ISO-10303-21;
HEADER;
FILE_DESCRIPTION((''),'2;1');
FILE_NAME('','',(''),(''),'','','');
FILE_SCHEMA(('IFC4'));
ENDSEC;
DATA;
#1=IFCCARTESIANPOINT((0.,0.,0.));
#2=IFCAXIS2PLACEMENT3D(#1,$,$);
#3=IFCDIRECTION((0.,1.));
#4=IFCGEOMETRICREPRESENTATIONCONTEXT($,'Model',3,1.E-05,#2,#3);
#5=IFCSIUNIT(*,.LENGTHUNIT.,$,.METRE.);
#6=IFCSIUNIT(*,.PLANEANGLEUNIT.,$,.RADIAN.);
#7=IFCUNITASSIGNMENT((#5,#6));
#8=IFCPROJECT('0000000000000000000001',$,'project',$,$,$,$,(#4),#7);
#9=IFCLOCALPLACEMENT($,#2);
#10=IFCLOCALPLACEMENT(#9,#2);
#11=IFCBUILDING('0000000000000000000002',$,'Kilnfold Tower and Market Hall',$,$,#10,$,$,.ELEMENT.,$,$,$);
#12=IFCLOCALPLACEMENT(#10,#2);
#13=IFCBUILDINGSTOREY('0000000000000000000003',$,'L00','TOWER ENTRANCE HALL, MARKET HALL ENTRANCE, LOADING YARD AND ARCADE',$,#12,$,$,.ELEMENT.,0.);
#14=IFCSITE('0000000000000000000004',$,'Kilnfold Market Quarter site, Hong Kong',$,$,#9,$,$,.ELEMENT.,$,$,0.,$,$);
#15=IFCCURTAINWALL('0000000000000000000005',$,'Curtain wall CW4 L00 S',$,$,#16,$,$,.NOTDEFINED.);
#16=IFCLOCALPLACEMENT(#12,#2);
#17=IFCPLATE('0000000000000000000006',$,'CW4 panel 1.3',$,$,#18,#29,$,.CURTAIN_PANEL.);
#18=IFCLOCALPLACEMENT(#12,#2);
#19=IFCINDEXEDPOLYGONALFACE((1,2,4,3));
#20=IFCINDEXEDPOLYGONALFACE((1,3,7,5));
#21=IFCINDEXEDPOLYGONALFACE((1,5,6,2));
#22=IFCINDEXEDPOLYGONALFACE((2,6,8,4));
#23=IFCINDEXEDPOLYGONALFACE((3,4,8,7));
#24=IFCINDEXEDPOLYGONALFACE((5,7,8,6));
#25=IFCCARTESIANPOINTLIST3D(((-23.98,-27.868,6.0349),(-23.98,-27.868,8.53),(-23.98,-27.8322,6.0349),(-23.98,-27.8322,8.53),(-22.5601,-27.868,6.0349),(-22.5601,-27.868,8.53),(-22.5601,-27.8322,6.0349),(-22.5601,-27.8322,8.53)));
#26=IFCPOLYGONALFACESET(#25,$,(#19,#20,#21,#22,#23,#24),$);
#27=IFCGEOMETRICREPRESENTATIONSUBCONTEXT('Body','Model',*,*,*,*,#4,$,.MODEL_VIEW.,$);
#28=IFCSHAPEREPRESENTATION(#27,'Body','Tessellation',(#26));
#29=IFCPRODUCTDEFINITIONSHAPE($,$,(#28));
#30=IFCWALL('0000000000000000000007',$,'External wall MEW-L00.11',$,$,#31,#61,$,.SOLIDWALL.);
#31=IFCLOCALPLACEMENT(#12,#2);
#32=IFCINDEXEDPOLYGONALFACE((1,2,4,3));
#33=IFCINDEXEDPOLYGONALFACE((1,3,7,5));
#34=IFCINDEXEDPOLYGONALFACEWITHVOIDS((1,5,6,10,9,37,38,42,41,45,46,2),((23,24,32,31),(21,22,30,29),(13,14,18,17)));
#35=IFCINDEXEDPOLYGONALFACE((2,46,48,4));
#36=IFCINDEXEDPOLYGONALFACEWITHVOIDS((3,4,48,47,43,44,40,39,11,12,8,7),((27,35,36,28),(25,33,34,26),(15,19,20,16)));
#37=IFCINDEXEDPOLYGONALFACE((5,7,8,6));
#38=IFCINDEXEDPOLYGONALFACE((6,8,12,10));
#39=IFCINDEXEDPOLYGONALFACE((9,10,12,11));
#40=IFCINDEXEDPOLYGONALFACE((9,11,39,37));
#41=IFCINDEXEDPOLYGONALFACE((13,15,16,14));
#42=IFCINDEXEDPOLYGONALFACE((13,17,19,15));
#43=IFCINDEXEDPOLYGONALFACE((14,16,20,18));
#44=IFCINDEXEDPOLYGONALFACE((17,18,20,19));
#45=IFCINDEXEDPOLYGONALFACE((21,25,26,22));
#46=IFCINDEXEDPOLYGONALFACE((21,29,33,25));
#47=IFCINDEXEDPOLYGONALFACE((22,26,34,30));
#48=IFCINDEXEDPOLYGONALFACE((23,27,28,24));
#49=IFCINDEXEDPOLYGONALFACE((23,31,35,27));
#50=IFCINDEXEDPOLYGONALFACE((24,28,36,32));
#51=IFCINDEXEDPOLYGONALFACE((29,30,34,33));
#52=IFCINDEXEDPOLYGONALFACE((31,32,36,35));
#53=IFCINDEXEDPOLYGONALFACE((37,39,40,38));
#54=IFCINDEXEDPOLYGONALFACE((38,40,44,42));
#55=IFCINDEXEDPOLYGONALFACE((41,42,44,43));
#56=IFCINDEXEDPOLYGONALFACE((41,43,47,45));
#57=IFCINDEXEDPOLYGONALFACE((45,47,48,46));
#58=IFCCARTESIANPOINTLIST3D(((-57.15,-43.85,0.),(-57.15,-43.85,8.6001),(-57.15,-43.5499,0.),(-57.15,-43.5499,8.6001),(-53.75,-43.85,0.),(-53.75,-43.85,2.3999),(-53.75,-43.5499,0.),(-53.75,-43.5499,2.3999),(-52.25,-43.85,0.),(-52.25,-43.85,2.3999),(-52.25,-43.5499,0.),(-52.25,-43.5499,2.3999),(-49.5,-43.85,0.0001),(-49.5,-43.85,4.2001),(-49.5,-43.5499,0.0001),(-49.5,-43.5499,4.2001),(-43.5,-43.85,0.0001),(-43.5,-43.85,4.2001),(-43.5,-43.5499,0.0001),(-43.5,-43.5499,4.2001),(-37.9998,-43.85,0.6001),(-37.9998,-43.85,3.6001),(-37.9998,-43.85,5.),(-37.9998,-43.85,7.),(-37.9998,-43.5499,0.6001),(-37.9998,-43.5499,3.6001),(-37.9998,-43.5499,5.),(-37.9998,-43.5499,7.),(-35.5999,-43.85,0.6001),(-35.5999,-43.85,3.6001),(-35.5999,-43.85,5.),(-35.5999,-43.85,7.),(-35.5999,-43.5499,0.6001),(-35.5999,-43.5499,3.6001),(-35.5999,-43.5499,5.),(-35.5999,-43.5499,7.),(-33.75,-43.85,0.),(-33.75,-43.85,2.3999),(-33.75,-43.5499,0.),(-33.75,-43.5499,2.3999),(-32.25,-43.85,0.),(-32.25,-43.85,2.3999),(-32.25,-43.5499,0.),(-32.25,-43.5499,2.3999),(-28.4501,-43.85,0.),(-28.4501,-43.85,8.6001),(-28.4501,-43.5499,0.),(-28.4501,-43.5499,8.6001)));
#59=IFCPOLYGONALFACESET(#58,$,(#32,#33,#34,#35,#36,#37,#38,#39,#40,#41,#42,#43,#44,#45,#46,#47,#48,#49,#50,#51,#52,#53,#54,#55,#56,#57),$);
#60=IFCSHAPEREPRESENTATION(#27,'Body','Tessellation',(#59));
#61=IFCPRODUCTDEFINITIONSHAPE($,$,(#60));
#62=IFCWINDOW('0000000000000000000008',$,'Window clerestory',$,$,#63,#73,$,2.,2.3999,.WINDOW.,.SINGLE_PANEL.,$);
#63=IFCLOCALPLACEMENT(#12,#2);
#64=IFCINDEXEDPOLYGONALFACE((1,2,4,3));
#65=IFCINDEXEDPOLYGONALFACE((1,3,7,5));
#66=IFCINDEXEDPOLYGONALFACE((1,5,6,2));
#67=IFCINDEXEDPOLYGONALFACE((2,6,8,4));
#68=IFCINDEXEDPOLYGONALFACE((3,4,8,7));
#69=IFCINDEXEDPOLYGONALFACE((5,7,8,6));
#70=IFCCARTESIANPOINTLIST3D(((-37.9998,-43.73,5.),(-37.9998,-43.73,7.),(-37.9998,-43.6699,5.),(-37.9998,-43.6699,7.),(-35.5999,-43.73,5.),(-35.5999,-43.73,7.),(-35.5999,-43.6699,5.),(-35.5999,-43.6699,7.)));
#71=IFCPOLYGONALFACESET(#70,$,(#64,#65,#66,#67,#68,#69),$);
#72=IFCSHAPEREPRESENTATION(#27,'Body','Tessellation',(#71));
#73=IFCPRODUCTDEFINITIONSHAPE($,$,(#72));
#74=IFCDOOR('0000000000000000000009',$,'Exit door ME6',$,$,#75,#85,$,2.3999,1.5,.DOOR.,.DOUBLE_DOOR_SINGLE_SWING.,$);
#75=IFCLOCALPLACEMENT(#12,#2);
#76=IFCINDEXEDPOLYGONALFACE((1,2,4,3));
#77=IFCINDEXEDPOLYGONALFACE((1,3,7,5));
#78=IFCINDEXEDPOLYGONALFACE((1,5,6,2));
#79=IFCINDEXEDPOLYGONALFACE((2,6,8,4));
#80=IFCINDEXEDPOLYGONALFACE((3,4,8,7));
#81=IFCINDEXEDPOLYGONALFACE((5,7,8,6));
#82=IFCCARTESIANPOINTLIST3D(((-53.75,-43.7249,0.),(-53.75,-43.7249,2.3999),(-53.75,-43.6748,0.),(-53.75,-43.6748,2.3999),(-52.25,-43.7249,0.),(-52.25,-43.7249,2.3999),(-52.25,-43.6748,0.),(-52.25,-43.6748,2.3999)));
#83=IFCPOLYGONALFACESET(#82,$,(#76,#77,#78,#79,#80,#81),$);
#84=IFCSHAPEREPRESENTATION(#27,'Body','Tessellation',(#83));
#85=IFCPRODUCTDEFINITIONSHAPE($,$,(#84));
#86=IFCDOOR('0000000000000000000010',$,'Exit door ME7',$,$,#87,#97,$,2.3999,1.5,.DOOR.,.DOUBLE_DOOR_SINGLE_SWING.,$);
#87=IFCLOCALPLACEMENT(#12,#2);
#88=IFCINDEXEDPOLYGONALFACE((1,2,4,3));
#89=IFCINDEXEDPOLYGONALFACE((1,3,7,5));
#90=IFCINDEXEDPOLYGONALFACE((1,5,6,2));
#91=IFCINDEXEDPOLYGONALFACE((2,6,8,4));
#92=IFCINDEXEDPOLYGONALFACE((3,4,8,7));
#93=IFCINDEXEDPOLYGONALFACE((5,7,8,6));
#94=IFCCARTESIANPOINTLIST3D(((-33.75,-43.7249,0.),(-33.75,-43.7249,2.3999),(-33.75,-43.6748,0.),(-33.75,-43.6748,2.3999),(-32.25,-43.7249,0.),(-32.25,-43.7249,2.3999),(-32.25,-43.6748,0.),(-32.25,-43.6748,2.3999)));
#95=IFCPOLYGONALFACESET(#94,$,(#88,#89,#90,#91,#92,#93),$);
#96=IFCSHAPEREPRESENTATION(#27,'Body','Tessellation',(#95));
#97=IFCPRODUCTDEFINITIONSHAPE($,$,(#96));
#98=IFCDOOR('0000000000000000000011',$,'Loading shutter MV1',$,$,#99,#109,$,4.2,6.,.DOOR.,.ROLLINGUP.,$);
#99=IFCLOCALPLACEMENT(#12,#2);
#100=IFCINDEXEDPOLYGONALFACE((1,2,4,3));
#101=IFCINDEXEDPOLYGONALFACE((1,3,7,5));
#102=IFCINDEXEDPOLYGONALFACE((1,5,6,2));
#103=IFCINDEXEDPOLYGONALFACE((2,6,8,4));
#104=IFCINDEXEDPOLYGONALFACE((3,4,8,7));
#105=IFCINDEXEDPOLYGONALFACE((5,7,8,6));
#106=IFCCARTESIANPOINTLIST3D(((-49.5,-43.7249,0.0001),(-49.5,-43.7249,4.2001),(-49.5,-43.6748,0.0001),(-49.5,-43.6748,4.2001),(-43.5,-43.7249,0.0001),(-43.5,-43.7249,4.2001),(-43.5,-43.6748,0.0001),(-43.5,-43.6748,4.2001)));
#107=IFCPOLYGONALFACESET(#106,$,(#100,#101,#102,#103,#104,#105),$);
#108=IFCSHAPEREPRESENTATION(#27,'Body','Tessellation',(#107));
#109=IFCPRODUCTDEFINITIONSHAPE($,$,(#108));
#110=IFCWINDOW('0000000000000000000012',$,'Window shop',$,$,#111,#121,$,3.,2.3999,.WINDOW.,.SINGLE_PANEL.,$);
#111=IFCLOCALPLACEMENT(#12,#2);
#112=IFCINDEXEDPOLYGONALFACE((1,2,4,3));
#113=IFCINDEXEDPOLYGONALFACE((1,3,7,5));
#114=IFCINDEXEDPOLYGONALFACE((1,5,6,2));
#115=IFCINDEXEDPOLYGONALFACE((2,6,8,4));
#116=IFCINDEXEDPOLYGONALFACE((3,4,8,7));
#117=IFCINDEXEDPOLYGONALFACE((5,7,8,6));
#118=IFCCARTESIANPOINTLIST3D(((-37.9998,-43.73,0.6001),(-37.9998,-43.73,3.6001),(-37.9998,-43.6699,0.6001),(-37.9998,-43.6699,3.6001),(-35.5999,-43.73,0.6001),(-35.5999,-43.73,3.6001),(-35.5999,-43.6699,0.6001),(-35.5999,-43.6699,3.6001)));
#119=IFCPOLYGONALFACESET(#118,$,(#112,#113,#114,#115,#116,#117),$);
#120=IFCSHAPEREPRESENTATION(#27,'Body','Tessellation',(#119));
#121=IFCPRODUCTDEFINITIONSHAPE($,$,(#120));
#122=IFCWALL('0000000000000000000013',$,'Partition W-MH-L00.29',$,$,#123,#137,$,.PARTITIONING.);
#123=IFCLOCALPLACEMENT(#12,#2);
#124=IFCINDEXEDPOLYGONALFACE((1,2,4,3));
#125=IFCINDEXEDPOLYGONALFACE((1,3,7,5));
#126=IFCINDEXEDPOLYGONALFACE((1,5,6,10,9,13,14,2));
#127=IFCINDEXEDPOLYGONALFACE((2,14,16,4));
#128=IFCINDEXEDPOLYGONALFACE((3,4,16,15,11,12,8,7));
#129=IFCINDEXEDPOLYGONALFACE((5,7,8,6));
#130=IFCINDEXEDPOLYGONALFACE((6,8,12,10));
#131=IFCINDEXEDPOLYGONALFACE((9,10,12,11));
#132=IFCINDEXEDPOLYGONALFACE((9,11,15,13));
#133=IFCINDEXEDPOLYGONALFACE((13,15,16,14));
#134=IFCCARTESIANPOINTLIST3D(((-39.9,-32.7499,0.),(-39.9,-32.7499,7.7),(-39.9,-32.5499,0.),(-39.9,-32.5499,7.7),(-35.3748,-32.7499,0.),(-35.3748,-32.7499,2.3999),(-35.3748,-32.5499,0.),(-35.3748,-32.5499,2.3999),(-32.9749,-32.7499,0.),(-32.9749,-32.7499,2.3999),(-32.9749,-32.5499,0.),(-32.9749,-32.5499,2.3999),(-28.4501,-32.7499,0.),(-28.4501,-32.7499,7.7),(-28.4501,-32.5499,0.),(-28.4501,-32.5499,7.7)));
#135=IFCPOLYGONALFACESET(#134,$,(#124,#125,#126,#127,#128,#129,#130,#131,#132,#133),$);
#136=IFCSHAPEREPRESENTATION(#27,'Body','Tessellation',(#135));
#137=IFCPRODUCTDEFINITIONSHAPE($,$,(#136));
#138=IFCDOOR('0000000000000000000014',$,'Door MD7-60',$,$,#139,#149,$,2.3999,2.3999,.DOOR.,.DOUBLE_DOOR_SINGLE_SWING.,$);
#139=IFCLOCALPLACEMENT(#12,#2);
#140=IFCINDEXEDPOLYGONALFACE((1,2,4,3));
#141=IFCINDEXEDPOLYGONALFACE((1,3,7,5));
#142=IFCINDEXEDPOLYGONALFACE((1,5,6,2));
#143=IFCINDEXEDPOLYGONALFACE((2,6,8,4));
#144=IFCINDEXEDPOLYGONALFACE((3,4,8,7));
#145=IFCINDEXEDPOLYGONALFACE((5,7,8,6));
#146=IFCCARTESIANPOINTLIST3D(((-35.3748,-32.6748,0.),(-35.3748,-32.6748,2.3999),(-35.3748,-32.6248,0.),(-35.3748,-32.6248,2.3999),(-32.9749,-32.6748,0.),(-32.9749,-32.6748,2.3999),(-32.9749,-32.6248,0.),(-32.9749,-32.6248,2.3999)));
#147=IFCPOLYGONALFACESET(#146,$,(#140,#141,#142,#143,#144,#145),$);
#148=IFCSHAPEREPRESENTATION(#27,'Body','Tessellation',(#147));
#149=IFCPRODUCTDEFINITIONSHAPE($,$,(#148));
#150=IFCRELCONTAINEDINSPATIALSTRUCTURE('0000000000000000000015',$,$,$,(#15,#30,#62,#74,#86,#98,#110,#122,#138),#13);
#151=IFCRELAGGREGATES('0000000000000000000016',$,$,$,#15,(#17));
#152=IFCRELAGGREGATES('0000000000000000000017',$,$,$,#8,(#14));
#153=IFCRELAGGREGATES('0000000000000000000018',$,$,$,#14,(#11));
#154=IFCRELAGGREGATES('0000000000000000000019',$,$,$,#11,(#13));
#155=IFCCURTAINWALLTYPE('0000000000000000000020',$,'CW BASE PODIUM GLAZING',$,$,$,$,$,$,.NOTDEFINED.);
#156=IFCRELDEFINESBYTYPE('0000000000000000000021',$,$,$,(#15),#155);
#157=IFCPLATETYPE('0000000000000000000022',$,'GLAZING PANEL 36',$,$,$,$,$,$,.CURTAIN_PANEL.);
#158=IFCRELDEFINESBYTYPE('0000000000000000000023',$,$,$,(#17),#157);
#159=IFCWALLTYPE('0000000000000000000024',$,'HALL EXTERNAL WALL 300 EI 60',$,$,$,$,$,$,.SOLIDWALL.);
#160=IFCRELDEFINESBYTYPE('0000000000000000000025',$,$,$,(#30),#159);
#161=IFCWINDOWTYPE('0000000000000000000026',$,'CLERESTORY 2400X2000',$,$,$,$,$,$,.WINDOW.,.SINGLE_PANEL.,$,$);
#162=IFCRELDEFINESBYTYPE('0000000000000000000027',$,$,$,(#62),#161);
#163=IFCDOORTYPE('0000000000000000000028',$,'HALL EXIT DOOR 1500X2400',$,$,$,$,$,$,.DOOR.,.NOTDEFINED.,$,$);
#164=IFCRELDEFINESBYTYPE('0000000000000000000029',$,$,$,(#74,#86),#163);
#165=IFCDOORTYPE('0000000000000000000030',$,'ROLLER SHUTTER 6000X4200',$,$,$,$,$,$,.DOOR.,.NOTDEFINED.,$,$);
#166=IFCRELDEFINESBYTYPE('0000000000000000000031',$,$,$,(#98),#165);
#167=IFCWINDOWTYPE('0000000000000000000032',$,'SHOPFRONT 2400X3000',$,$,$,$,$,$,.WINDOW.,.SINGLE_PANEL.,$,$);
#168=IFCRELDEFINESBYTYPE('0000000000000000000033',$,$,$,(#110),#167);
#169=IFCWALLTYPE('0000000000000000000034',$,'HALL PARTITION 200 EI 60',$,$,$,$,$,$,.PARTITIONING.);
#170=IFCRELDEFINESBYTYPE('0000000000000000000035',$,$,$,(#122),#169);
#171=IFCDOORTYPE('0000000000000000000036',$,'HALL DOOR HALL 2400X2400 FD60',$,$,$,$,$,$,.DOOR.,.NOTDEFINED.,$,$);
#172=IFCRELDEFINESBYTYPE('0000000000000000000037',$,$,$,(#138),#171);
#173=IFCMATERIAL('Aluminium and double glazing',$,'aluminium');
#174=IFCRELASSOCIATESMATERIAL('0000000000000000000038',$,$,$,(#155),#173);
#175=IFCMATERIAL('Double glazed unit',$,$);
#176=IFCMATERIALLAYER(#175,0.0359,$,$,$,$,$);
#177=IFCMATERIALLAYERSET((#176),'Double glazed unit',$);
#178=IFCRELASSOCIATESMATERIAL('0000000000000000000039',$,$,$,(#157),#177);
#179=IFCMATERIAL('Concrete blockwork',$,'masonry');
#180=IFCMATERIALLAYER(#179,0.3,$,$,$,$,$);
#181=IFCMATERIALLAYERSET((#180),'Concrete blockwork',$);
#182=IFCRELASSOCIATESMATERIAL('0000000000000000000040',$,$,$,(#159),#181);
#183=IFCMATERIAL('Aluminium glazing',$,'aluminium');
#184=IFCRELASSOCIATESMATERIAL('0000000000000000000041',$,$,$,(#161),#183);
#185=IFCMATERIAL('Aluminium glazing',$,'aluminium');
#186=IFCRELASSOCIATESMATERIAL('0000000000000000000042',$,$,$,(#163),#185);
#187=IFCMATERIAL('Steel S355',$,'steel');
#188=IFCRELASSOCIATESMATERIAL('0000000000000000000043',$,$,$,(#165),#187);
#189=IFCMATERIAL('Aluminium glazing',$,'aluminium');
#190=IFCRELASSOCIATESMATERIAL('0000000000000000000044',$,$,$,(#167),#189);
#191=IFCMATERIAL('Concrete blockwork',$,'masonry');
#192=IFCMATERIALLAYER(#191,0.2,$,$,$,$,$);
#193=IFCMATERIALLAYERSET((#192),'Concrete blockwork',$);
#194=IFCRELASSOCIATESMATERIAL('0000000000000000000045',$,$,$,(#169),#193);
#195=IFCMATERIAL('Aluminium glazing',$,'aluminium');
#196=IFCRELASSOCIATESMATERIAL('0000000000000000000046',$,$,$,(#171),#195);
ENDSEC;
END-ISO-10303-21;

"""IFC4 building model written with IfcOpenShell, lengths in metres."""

from ifc_helpers import new_model, si_unit, direction, frame, frame_2d, origin, origin_2d, place, context, subcontext, project, spatial, rectangle, extrude, source, transform, mapped, material, layer, layer_set, type_object, element, fill, aggregate, save


model = new_model("IFC4")

# Units and contexts
model_context = context("Model", 3, precision=1e-05, world=origin(), true_north=direction((0.0, 1.0)))
body_context = subcontext(model_context, "Body", "Model", "MODEL_VIEW")
ifc_project = project(units=[si_unit("LENGTHUNIT", "METRE"), si_unit("PLANEANGLEUNIT", "RADIAN")], contexts=[model_context])

# Site, building, storey
site_placement = place(None, origin())
site = spatial("IfcSite", under=ifc_project, at=site_placement, Name="Kilnfold Market Quarter site, Hong Kong", CompositionType="ELEMENT", RefElevation=0.0)
building_placement = place(site_placement, origin())
building = spatial("IfcBuilding", under=site, at=building_placement, Name="Kilnfold Tower and Market Hall", CompositionType="ELEMENT")
storey_placement = place(building_placement, origin())
storey = spatial("IfcBuildingStorey", under=building, at=storey_placement, Name="L00", Description="TOWER ENTRANCE HALL, MARKET HALL ENTRANCE, LOADING YARD AND ARCADE", CompositionType="ELEMENT", Elevation=0.0)

# Curtain wall, plate
ifc_material_1 = material(Name="Aluminium and double glazing", Category="aluminium")
curtain_wall_type = type_object("IfcCurtainWallType", Name="CW BASE PODIUM GLAZING", PredefinedType="NOTDEFINED", material=ifc_material_1)
curtain_wall_placement = place(storey_placement, origin())
curtain_wall = element("IfcCurtainWall", 1, at=curtain_wall_placement, inside=storey, type_object=curtain_wall_type, Name="Curtain wall CW4 L00 S", PredefinedType="NOTDEFINED")
ifc_material_2 = material(Name="Double glazed unit")
ifc_layer_1 = layer(ifc_material_2, 0.0359)
ifc_layer_set_1 = layer_set([ifc_layer_1], Name="Double glazed unit")
plate_type = type_object("IfcPlateType", Name="GLAZING PANEL 36", PredefinedType="CURTAIN_PANEL", material=ifc_layer_set_1)
shared_shape_1 = source(origin(), body_context, "Body", "SweptSolid", [
    extrude(rectangle(XDim=1.4199, YDim=0.0359, at=origin_2d()), origin(), (0.0, 0.0, 1.0), 2.4951),
])
plate_1_placement = place(storey_placement, frame((-23.27, -27.8501, 6.0349), z_axis=(0.0, 0.0, 1.0), x_axis=(1.0, 0.0, 0.0)))
plate_1 = element("IfcPlate", 2, at=plate_1_placement, type_object=plate_type, Name="CW4 panel 1.3", PredefinedType="CURTAIN_PANEL", context=body_context, shape_type="MappedRepresentation", body=[
    mapped(shared_shape_1, transform((0.0, 0.0, 0.0))),
])
aggregate(curtain_wall, [plate_1])

# Wall, openings, windows, doors
ifc_material_3 = material(Name="Concrete blockwork", Category="masonry")
ifc_layer_2 = layer(ifc_material_3, 0.3)
ifc_layer_set_2 = layer_set([ifc_layer_2], Name="Concrete blockwork")
wall_type_1 = type_object("IfcWallType", Name="HALL EXTERNAL WALL 300 EI 60", PredefinedType="SOLIDWALL", material=ifc_layer_set_2)
shared_shape_2 = source(origin(), body_context, "Body", "SweptSolid", [
    extrude(rectangle(XDim=28.7, YDim=0.3, at=frame_2d((14.3501, 0.0))), origin(), (0.0, 0.0, 1.0), 8.6001),
])
wall_1_placement = place(storey_placement, frame((-28.45, -43.7, 0.0), z_axis=(0.0, 0.0, 1.0), x_axis=(-1.0, 0.0, 0.0)))
wall_1 = element("IfcWall", 3, at=wall_1_placement, inside=storey, type_object=wall_type_1, Name="External wall MEW-L00.11", PredefinedType="SOLIDWALL", context=body_context, shape_type="MappedRepresentation", body=[
    mapped(shared_shape_2, transform((0.0, 0.0, 0.0))),
])
opening_1_placement = place(wall_1_placement, frame((23.8, 0.0, 0.0)))
opening_1 = element("IfcOpeningElement", 4, at=opening_1_placement, cuts=wall_1, PredefinedType="OPENING", context=body_context, shape_type="SweptSolid", body=[
    extrude(rectangle(XDim=1.5, YDim=2.3999, at=frame_2d((0.75, 1.2))), frame((0.0, 0.1602, 0.0), z_axis=(0.0, -1.0, 0.0), x_axis=(1.0, 0.0, 0.0)), (0.0, 0.0, 1.0), 0.3201),
])
opening_2_placement = place(wall_1_placement, frame((3.8, 0.0, 0.0)))
opening_2 = element("IfcOpeningElement", 5, at=opening_2_placement, cuts=wall_1, PredefinedType="OPENING", context=body_context, shape_type="SweptSolid", body=[
    extrude(rectangle(XDim=1.5, YDim=2.3999, at=frame_2d((0.75, 1.2))), frame((0.0, 0.1602, 0.0), z_axis=(0.0, -1.0, 0.0), x_axis=(1.0, 0.0, 0.0)), (0.0, 0.0, 1.0), 0.3201),
])
opening_3_placement = place(wall_1_placement, frame((15.05, 0.0, 0.0)))
opening_3 = element("IfcOpeningElement", 6, at=opening_3_placement, cuts=wall_1, PredefinedType="OPENING", context=body_context, shape_type="SweptSolid", body=[
    extrude(rectangle(XDim=6.0, YDim=4.2, at=frame_2d((3.0, 2.1001))), frame((0.0, 0.1602, 0.0), z_axis=(0.0, -1.0, 0.0), x_axis=(1.0, 0.0, 0.0)), (0.0, 0.0, 1.0), 0.3201),
])
opening_4_placement = place(wall_1_placement, frame((7.1499, 0.0, 0.6001)))
opening_4 = element("IfcOpeningElement", 7, at=opening_4_placement, cuts=wall_1, PredefinedType="OPENING", context=body_context, shape_type="SweptSolid", body=[
    extrude(rectangle(XDim=2.3999, YDim=3.0, at=frame_2d((1.2, 1.5))), frame((0.0, 0.1602, 0.0), z_axis=(0.0, -1.0, 0.0), x_axis=(1.0, 0.0, 0.0)), (0.0, 0.0, 1.0), 0.3201),
])
opening_5_placement = place(wall_1_placement, frame((7.1499, 0.0, 5.0)))
opening_5 = element("IfcOpeningElement", 8, at=opening_5_placement, cuts=wall_1, PredefinedType="OPENING", context=body_context, shape_type="SweptSolid", body=[
    extrude(rectangle(XDim=2.3999, YDim=2.0, at=frame_2d((1.2, 1.0))), frame((0.0, 0.1602, 0.0), z_axis=(0.0, -1.0, 0.0), x_axis=(1.0, 0.0, 0.0)), (0.0, 0.0, 1.0), 0.3201),
])
ifc_material_4 = material(Name="Aluminium glazing", Category="aluminium")
window_type_1 = type_object("IfcWindowType", Name="CLERESTORY 2400X2000", PartitioningType="SINGLE_PANEL", PredefinedType="WINDOW", material=ifc_material_4)
window_1_placement = place(opening_5_placement, origin())
window_1 = element("IfcWindow", 9, at=window_1_placement, inside=storey, type_object=window_type_1, Name="Window clerestory", OverallHeight=2.0, OverallWidth=2.3999, PartitioningType="SINGLE_PANEL", PredefinedType="WINDOW", context=body_context, shape_type="SweptSolid", body=[
    extrude(rectangle(XDim=2.3999, YDim=2.0, at=frame_2d((1.2, 1.0))), frame((0.0, 0.03, 0.0), z_axis=(0.0, -1.0, 0.0), x_axis=(1.0, 0.0, 0.0)), (0.0, 0.0, 1.0), 0.0601),
])
fill(opening_5, window_1)
ifc_material_5 = material(Name="Aluminium glazing", Category="aluminium")
door_type_1 = type_object("IfcDoorType", Name="HALL EXIT DOOR 1500X2400", OperationType="NOTDEFINED", PredefinedType="DOOR", material=ifc_material_5)
door_1_placement = place(opening_1_placement, origin())
door_1 = element("IfcDoor", 10, at=door_1_placement, inside=storey, type_object=door_type_1, Name="Exit door ME6", OperationType="DOUBLE_DOOR_SINGLE_SWING", OverallHeight=2.3999, OverallWidth=1.5, PredefinedType="DOOR", context=body_context, shape_type="SweptSolid", body=[
    extrude(rectangle(XDim=1.5, YDim=2.3999, at=frame_2d((0.75, 1.2))), frame((0.0, 0.0249, 0.0), z_axis=(0.0, -1.0, 0.0), x_axis=(1.0, 0.0, 0.0)), (0.0, 0.0, 1.0), 0.05),
])
fill(opening_1, door_1)
door_2_placement = place(opening_2_placement, origin())
door_2 = element("IfcDoor", 11, at=door_2_placement, inside=storey, type_object=door_type_1, Name="Exit door ME7", OperationType="DOUBLE_DOOR_SINGLE_SWING", OverallHeight=2.3999, OverallWidth=1.5, PredefinedType="DOOR", context=body_context, shape_type="SweptSolid", body=[
    extrude(rectangle(XDim=1.5, YDim=2.3999, at=frame_2d((0.75, 1.2))), frame((0.0, 0.0249, 0.0), z_axis=(0.0, -1.0, 0.0), x_axis=(1.0, 0.0, 0.0)), (0.0, 0.0, 1.0), 0.05),
])
fill(opening_2, door_2)
ifc_material_6 = material(Name="Steel S355", Category="steel")
door_type_2 = type_object("IfcDoorType", Name="ROLLER SHUTTER 6000X4200", OperationType="NOTDEFINED", PredefinedType="DOOR", material=ifc_material_6)
door_3_placement = place(opening_3_placement, origin())
door_3 = element("IfcDoor", 12, at=door_3_placement, inside=storey, type_object=door_type_2, Name="Loading shutter MV1", OperationType="ROLLINGUP", OverallHeight=4.2, OverallWidth=6.0, PredefinedType="DOOR", context=body_context, shape_type="SweptSolid", body=[
    extrude(rectangle(XDim=6.0, YDim=4.2, at=frame_2d((3.0, 2.1001))), frame((0.0, 0.0249, 0.0), z_axis=(0.0, -1.0, 0.0), x_axis=(1.0, 0.0, 0.0)), (0.0, 0.0, 1.0), 0.05),
])
fill(opening_3, door_3)
ifc_material_7 = material(Name="Aluminium glazing", Category="aluminium")
window_type_2 = type_object("IfcWindowType", Name="SHOPFRONT 2400X3000", PartitioningType="SINGLE_PANEL", PredefinedType="WINDOW", material=ifc_material_7)
window_2_placement = place(opening_4_placement, origin())
window_2 = element("IfcWindow", 13, at=window_2_placement, inside=storey, type_object=window_type_2, Name="Window shop", OverallHeight=3.0, OverallWidth=2.3999, PartitioningType="SINGLE_PANEL", PredefinedType="WINDOW", context=body_context, shape_type="SweptSolid", body=[
    extrude(rectangle(XDim=2.3999, YDim=3.0, at=frame_2d((1.2, 1.5))), frame((0.0, 0.03, 0.0), z_axis=(0.0, -1.0, 0.0), x_axis=(1.0, 0.0, 0.0)), (0.0, 0.0, 1.0), 0.0601),
])
fill(opening_4, window_2)

# Wall, opening, door
ifc_material_8 = material(Name="Concrete blockwork", Category="masonry")
ifc_layer_3 = layer(ifc_material_8, 0.2)
ifc_layer_set_3 = layer_set([ifc_layer_3], Name="Concrete blockwork")
wall_type_2 = type_object("IfcWallType", Name="HALL PARTITION 200 EI 60", PredefinedType="PARTITIONING", material=ifc_layer_set_3)
shared_shape_3 = source(origin(), body_context, "Body", "SweptSolid", [
    extrude(rectangle(XDim=11.45, YDim=0.2, at=frame_2d((5.7251, 0.0))), origin(), (0.0, 0.0, 1.0), 7.7),
])
wall_2_placement = place(storey_placement, frame((-28.45, -32.6499, 0.0), z_axis=(0.0, 0.0, 1.0), x_axis=(-1.0, 0.0, 0.0)))
wall_2 = element("IfcWall", 14, at=wall_2_placement, inside=storey, type_object=wall_type_2, Name="Partition W-MH-L00.29", PredefinedType="PARTITIONING", context=body_context, shape_type="MappedRepresentation", body=[
    mapped(shared_shape_3, transform((0.0, 0.0, 0.0))),
])
opening_6_placement = place(wall_2_placement, frame((4.5249, 0.0, 0.0)))
opening_6 = element("IfcOpeningElement", 15, at=opening_6_placement, cuts=wall_2, PredefinedType="OPENING", context=body_context, shape_type="SweptSolid", body=[
    extrude(rectangle(XDim=2.3999, YDim=2.3999, at=frame_2d((1.2, 1.2))), frame((0.0, 0.1099, 0.0), z_axis=(0.0, -1.0, 0.0), x_axis=(1.0, 0.0, 0.0)), (0.0, 0.0, 1.0), 0.22),
])
ifc_material_9 = material(Name="Aluminium glazing", Category="aluminium")
door_type_3 = type_object("IfcDoorType", Name="HALL DOOR HALL 2400X2400 FD60", OperationType="NOTDEFINED", PredefinedType="DOOR", material=ifc_material_9)
door_4_placement = place(opening_6_placement, origin())
door_4 = element("IfcDoor", 16, at=door_4_placement, inside=storey, type_object=door_type_3, Name="Door MD7-60", OperationType="DOUBLE_DOOR_SINGLE_SWING", OverallHeight=2.3999, OverallWidth=2.3999, PredefinedType="DOOR", context=body_context, shape_type="SweptSolid", body=[
    extrude(rectangle(XDim=2.3999, YDim=2.3999, at=frame_2d((1.2, 1.2))), frame((0.0, 0.0249, 0.0), z_axis=(0.0, -1.0, 0.0), x_axis=(1.0, 0.0, 0.0)), (0.0, 0.0, 1.0), 0.05),
])
fill(opening_6, door_4)

save(model, "model.ifc")
